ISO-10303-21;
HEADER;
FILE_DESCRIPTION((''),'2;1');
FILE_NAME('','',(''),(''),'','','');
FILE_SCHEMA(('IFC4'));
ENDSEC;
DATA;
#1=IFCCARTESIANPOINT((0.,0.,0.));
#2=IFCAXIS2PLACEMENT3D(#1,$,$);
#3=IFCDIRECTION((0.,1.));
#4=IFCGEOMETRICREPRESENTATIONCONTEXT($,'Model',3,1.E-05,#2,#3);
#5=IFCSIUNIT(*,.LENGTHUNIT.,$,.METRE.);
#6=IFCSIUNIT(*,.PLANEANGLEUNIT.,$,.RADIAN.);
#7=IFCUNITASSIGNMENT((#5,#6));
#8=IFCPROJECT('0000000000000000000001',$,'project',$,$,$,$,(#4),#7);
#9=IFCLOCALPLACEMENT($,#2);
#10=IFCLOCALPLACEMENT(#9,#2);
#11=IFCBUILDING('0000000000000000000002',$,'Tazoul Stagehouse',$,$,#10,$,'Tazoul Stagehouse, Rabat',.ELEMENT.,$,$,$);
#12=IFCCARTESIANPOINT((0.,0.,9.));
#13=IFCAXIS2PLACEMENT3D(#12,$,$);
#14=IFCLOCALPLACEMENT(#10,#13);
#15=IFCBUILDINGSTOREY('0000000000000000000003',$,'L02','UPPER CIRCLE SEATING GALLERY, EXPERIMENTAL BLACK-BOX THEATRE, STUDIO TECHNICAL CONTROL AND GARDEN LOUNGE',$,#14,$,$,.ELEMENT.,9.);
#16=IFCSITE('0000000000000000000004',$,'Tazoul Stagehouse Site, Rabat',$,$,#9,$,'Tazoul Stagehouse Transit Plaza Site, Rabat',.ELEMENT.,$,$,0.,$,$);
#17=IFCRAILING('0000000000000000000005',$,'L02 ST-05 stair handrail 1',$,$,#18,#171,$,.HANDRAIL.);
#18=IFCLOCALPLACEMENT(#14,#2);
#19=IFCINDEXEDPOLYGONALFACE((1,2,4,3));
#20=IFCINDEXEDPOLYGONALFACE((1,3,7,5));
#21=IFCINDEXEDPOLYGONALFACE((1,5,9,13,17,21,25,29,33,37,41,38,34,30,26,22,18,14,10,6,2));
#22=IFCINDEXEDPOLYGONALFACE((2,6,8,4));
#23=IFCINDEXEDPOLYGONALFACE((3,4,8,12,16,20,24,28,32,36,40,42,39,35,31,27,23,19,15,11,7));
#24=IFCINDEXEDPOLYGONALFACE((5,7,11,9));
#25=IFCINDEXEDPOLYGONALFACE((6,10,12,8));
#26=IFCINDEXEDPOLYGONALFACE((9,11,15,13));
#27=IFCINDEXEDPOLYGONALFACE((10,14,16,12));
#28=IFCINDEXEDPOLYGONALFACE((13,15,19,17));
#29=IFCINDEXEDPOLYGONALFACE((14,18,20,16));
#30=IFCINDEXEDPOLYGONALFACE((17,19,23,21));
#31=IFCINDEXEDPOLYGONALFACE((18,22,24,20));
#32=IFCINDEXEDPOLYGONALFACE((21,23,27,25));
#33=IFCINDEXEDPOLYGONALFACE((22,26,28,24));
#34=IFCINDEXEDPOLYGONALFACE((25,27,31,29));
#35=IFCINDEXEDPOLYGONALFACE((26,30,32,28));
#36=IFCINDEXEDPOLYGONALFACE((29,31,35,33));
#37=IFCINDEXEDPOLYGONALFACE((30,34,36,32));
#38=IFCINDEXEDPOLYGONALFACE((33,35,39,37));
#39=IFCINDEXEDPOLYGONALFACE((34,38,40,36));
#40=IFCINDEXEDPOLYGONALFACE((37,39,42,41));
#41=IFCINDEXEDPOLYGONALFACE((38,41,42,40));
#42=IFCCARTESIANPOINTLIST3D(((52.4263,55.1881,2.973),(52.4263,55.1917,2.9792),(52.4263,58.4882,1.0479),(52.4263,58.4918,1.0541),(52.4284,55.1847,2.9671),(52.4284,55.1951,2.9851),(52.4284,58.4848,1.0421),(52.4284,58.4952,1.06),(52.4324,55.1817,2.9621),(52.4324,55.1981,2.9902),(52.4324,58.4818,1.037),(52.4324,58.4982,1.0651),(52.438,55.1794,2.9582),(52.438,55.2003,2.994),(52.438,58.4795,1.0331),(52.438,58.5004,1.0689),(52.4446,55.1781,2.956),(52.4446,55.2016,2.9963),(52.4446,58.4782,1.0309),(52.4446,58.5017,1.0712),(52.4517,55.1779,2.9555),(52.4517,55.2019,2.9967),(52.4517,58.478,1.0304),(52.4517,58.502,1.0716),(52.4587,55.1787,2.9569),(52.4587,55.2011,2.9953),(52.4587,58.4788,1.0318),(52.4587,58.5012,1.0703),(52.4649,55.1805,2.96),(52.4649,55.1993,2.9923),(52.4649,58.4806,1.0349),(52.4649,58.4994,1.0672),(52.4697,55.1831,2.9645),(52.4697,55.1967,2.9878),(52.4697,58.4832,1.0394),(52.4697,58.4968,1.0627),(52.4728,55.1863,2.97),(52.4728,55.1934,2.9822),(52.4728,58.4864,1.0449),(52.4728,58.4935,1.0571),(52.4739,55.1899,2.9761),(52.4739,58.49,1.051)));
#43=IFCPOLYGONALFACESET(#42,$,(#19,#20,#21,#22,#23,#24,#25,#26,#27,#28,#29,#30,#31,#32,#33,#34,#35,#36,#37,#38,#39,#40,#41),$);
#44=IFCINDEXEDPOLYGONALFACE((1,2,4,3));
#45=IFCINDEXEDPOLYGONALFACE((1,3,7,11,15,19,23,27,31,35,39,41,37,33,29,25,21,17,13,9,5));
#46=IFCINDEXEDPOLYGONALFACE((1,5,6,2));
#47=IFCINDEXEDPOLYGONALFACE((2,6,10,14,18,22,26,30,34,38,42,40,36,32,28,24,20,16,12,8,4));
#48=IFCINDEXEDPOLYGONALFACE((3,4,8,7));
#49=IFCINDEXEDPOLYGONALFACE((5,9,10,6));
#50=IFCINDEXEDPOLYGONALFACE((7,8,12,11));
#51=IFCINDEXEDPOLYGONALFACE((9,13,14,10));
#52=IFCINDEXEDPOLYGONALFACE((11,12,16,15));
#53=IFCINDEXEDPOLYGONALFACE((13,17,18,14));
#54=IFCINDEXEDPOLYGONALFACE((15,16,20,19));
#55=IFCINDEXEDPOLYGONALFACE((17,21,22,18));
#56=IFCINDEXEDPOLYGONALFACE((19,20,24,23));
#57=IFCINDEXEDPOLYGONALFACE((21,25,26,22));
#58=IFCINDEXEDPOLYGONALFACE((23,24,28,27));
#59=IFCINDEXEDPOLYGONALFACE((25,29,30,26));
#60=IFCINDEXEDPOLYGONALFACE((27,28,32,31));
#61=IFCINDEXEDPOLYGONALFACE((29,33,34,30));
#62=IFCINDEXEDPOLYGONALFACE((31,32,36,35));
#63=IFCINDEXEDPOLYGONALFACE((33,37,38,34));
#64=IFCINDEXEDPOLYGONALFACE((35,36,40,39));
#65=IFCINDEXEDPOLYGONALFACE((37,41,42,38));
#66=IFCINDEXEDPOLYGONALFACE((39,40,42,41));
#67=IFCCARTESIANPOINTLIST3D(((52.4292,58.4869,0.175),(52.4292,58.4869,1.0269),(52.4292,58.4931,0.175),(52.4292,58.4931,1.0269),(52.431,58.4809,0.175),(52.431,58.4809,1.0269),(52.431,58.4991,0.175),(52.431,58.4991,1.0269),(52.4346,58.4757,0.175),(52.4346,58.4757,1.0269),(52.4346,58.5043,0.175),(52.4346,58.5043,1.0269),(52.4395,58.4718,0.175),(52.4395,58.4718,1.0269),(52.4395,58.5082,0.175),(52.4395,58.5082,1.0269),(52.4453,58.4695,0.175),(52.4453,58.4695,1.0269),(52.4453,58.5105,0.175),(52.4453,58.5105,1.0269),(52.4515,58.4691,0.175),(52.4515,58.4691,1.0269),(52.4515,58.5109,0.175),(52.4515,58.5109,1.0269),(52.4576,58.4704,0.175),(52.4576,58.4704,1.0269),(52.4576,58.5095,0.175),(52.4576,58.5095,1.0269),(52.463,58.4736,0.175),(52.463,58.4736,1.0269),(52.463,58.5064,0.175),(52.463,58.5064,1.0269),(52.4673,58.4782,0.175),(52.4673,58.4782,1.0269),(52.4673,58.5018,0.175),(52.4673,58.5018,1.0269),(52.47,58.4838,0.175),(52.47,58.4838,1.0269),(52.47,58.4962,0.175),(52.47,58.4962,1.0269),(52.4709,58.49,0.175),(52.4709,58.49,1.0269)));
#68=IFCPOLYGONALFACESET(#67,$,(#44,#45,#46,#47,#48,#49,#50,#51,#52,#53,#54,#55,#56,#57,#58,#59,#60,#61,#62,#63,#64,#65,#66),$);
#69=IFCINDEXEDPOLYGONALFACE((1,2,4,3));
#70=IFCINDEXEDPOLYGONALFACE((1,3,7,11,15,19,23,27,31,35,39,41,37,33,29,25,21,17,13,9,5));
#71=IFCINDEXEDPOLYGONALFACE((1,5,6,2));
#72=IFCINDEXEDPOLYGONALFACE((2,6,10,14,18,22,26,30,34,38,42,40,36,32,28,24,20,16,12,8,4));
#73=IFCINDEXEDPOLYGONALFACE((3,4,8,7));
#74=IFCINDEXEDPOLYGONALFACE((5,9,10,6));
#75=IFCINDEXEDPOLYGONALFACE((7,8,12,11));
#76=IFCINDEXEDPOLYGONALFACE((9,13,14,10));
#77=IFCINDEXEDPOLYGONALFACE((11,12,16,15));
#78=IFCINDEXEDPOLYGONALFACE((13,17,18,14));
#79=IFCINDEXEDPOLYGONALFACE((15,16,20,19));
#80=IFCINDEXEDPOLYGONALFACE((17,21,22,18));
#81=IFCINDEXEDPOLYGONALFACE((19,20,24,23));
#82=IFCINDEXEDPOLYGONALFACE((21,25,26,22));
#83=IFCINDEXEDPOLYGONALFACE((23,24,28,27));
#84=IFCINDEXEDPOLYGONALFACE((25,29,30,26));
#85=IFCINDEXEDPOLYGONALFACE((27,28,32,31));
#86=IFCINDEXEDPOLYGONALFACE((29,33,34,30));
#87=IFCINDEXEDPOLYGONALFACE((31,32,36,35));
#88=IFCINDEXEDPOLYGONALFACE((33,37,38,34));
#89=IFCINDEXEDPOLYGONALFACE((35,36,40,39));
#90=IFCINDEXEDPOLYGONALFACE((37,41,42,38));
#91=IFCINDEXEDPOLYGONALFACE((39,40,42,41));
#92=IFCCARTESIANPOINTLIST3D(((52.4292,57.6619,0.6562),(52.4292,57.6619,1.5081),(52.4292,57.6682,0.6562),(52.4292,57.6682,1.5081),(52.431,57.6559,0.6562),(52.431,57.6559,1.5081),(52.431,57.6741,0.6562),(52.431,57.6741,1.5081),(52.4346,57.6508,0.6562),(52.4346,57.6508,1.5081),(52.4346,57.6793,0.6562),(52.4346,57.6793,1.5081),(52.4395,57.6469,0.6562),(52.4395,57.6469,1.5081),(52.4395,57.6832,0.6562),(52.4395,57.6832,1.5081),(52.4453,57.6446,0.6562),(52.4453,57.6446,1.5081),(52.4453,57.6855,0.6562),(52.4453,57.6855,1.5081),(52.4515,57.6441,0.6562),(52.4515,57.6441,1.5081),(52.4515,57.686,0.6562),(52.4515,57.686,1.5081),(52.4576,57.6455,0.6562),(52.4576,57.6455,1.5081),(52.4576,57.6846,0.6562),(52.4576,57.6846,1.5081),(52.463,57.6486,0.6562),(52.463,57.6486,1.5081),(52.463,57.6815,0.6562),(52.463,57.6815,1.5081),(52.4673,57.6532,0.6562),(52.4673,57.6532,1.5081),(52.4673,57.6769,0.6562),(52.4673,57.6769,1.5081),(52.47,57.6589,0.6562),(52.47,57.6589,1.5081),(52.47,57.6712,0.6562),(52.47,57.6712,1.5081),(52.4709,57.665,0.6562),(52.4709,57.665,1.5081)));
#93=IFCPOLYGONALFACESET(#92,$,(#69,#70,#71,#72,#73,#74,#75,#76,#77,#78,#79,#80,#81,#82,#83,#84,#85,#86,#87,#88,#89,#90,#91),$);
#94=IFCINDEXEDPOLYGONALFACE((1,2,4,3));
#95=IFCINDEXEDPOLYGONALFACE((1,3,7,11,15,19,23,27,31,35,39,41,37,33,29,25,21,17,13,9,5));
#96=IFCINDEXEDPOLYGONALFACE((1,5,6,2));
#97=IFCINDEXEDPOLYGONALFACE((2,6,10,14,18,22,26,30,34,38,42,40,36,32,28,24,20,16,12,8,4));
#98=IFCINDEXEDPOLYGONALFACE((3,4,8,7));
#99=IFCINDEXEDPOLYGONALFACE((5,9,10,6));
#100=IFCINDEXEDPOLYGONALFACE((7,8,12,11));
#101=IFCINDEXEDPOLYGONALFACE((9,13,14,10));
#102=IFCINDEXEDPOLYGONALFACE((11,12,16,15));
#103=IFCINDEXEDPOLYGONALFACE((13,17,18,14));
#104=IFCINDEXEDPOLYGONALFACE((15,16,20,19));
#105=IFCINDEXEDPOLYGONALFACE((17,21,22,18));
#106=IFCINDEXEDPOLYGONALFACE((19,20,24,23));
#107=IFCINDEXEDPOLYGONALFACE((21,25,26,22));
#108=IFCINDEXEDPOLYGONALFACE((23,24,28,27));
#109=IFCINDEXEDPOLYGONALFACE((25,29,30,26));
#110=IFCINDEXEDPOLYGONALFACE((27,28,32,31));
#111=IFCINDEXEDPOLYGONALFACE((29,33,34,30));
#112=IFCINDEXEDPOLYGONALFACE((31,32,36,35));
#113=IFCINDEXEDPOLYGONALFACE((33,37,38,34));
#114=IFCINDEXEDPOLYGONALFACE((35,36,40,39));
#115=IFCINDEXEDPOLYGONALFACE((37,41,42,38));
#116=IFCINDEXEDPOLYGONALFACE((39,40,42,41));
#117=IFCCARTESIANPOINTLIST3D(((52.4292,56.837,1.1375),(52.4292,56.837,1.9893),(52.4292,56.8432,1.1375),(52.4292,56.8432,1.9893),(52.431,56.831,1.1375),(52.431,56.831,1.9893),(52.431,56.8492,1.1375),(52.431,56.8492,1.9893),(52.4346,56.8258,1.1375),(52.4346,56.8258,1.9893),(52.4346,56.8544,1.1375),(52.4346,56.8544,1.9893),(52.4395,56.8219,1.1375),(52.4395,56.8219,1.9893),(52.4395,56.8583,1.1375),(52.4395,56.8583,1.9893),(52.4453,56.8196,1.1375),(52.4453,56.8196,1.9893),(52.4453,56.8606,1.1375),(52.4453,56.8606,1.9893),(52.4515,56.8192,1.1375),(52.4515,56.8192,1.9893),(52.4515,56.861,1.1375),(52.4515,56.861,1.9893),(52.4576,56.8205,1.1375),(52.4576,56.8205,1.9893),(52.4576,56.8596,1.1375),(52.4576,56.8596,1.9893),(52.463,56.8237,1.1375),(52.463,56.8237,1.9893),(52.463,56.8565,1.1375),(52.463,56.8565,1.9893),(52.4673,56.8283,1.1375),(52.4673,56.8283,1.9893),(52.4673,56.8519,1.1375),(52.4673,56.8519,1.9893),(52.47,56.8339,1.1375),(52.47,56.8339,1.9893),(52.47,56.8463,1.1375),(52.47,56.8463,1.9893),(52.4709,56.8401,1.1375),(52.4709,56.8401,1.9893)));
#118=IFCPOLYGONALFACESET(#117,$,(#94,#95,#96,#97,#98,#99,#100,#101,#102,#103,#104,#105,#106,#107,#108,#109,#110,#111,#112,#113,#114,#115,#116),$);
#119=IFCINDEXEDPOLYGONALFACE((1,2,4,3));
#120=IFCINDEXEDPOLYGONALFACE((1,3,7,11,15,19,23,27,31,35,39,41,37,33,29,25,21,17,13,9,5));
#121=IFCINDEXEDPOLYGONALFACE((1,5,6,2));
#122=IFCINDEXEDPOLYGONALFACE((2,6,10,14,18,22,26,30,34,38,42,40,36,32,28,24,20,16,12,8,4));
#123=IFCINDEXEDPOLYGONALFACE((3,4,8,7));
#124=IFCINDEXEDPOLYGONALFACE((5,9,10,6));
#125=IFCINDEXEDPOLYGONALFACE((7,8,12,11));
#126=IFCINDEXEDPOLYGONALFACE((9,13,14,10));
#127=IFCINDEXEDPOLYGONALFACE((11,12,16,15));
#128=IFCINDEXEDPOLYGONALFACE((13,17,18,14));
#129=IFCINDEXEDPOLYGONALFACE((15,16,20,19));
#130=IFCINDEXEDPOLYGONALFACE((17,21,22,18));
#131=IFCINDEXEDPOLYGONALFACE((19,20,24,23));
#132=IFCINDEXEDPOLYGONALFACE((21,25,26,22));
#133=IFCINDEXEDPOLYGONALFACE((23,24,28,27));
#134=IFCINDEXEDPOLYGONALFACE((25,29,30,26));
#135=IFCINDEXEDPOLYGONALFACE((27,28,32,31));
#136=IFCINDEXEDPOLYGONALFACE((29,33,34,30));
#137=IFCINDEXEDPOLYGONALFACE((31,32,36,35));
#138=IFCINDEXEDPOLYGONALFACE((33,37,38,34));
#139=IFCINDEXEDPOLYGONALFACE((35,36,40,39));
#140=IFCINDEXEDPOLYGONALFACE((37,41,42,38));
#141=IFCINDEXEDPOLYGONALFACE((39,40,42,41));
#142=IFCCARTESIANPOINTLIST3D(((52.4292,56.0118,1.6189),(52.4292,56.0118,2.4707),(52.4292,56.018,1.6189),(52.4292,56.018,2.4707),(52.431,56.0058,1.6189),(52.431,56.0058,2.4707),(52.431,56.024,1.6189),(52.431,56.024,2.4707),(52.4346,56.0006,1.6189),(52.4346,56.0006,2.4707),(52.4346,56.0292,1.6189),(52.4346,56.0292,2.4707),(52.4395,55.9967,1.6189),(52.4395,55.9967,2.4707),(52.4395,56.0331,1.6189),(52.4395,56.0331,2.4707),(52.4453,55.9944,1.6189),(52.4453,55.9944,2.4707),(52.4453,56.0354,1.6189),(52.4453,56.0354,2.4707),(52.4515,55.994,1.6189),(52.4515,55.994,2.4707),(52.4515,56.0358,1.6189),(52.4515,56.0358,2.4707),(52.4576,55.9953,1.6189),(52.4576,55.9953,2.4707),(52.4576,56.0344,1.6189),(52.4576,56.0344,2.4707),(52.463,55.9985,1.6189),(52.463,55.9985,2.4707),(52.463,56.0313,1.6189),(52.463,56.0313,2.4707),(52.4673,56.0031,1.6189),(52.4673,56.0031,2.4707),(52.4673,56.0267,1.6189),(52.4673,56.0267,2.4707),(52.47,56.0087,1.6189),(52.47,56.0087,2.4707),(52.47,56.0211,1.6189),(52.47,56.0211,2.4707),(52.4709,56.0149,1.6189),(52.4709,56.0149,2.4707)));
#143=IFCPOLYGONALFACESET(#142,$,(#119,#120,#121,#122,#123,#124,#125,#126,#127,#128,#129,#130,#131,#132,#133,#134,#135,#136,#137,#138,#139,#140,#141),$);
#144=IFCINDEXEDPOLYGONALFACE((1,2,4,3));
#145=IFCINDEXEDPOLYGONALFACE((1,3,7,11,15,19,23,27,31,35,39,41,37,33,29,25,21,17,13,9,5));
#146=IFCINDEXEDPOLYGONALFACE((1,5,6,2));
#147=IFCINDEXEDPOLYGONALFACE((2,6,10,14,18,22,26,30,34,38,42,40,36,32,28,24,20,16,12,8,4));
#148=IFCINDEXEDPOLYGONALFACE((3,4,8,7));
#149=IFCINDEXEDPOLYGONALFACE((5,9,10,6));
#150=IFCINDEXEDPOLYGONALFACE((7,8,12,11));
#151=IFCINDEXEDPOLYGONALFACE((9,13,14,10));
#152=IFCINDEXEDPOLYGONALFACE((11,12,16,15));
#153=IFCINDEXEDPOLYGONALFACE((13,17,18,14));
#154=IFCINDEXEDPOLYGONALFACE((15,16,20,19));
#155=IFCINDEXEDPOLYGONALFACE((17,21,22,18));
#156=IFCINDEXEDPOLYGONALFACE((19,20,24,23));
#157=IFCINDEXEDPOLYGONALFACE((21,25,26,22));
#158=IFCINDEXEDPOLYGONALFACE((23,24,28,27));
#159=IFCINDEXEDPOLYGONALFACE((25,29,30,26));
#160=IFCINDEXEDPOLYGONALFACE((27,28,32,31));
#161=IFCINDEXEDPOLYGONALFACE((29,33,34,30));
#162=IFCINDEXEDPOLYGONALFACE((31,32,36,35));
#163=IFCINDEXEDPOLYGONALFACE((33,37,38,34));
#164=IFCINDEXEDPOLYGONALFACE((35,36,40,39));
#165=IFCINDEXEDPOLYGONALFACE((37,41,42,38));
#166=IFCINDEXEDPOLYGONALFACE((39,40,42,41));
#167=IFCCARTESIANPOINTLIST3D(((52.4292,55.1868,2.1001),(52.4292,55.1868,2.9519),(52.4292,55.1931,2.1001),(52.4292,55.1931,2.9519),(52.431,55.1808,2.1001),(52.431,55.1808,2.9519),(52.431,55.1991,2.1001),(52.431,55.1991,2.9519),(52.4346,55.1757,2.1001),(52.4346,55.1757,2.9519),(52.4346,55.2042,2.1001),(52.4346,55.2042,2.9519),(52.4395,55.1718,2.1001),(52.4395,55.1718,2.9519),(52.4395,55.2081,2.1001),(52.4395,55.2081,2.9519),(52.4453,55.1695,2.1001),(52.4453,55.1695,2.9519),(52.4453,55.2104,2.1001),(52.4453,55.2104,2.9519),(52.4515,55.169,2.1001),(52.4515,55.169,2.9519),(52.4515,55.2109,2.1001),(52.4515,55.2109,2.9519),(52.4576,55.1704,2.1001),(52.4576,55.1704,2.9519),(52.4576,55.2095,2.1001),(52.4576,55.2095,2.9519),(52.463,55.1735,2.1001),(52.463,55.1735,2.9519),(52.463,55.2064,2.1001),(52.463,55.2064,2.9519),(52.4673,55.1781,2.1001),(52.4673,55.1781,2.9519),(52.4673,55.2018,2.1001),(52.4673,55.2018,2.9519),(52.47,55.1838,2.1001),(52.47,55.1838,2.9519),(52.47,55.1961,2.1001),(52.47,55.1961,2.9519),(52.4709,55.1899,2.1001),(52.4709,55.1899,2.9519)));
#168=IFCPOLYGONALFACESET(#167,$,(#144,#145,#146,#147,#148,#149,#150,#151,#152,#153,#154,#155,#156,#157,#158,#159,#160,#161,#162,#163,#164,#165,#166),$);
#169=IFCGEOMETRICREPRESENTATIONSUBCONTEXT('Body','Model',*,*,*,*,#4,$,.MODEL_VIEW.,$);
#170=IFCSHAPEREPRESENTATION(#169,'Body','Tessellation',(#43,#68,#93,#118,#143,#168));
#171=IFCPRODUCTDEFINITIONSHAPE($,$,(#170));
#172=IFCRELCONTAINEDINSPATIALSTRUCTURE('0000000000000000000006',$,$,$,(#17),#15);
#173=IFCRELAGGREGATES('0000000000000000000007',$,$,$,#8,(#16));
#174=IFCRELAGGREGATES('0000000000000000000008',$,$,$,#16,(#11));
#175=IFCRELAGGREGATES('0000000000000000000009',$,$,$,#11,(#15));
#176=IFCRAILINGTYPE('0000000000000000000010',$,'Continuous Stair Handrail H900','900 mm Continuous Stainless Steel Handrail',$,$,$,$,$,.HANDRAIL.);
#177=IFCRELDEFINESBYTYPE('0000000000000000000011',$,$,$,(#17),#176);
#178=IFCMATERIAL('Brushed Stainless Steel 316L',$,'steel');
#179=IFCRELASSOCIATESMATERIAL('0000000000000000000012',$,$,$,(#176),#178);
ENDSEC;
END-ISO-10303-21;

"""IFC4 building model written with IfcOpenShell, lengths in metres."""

from ifc_helpers import new_model, si_unit, direction, frame, origin, origin_2d, place, context, subcontext, project, spatial, circle, extrude, material, material_profile, profile_set, type_object, element, save


model = new_model("IFC4")

# Units and contexts
model_context = context("Model", 3, precision=1e-05, world=origin(), true_north=direction((0.0, 1.0)))
body_context = subcontext(model_context, "Body", "Model", "MODEL_VIEW")
ifc_project = project(units=[si_unit("LENGTHUNIT", "METRE"), si_unit("PLANEANGLEUNIT", "RADIAN")], contexts=[model_context])

# Site, building, storey
site_placement = place(None, origin())
site = spatial("IfcSite", under=ifc_project, at=site_placement, Name="Tazoul Stagehouse Site, Rabat", LongName="Tazoul Stagehouse Transit Plaza Site, Rabat", CompositionType="ELEMENT", RefElevation=0.0)
building_placement = place(site_placement, origin())
building = spatial("IfcBuilding", under=site, at=building_placement, Name="Tazoul Stagehouse", LongName="Tazoul Stagehouse, Rabat", CompositionType="ELEMENT")
storey_placement = place(building_placement, frame((0.0, 0.0, 9.0)))
storey = spatial("IfcBuildingStorey", under=building, at=storey_placement, Name="L02", Description="UPPER CIRCLE SEATING GALLERY, EXPERIMENTAL BLACK-BOX THEATRE, STUDIO TECHNICAL CONTROL AND GARDEN LOUNGE", CompositionType="ELEMENT", Elevation=9.0)

# Railing
ifc_material_1 = material(Name="Brushed Stainless Steel 316L", Category="steel")
ifc_material_profile_1 = material_profile(ifc_material_1, circle(Radius=0.021, at=origin_2d()), Name="SS HANDRAIL D42")
ifc_profile_set_1 = profile_set([ifc_material_profile_1], Name="Brushed Stainless Steel 316L")
railing_type_1 = type_object("IfcRailingType", Name="Continuous Stair Handrail H900", Description="900 mm Continuous Stainless Steel Handrail", PredefinedType="HANDRAIL", material=ifc_profile_set_1)
railing_1_placement = place(storey_placement, frame((52.45, 58.49, 0.175)))
element("IfcRailing", 1, at=railing_1_placement, inside=storey, type_object=railing_type_1, Name="L02 ST-05 stair handrail 1", PredefinedType="HANDRAIL", context=body_context, shape_type="SweptSolid", body=[
    extrude(circle(Radius=0.0239, at=origin_2d()), frame((0.0, 0.0, 0.876), z_axis=(0.0, -0.863777, 0.503875), x_axis=(1.0, 0.0, 0.0)), (0.0, 0.0, 1.0), 3.8206),
    extrude(circle(Radius=0.021, at=origin_2d()), origin(), (0.0, 0.0, 1.0), 0.8518),
    extrude(circle(Radius=0.021, at=origin_2d()), frame((0.0, -0.825, 0.4812)), (0.0, 0.0, 1.0), 0.8518),
    extrude(circle(Radius=0.021, at=origin_2d()), frame((0.0, -1.6499, 0.9624)), (0.0, 0.0, 1.0), 0.8518),
    extrude(circle(Radius=0.021, at=origin_2d()), frame((0.0, -2.4751, 1.4438)), (0.0, 0.0, 1.0), 0.8518),
    extrude(circle(Radius=0.021, at=origin_2d()), frame((0.0, -3.3, 1.925)), (0.0, 0.0, 1.0), 0.8518),
])

save(model, "model.ifc")
